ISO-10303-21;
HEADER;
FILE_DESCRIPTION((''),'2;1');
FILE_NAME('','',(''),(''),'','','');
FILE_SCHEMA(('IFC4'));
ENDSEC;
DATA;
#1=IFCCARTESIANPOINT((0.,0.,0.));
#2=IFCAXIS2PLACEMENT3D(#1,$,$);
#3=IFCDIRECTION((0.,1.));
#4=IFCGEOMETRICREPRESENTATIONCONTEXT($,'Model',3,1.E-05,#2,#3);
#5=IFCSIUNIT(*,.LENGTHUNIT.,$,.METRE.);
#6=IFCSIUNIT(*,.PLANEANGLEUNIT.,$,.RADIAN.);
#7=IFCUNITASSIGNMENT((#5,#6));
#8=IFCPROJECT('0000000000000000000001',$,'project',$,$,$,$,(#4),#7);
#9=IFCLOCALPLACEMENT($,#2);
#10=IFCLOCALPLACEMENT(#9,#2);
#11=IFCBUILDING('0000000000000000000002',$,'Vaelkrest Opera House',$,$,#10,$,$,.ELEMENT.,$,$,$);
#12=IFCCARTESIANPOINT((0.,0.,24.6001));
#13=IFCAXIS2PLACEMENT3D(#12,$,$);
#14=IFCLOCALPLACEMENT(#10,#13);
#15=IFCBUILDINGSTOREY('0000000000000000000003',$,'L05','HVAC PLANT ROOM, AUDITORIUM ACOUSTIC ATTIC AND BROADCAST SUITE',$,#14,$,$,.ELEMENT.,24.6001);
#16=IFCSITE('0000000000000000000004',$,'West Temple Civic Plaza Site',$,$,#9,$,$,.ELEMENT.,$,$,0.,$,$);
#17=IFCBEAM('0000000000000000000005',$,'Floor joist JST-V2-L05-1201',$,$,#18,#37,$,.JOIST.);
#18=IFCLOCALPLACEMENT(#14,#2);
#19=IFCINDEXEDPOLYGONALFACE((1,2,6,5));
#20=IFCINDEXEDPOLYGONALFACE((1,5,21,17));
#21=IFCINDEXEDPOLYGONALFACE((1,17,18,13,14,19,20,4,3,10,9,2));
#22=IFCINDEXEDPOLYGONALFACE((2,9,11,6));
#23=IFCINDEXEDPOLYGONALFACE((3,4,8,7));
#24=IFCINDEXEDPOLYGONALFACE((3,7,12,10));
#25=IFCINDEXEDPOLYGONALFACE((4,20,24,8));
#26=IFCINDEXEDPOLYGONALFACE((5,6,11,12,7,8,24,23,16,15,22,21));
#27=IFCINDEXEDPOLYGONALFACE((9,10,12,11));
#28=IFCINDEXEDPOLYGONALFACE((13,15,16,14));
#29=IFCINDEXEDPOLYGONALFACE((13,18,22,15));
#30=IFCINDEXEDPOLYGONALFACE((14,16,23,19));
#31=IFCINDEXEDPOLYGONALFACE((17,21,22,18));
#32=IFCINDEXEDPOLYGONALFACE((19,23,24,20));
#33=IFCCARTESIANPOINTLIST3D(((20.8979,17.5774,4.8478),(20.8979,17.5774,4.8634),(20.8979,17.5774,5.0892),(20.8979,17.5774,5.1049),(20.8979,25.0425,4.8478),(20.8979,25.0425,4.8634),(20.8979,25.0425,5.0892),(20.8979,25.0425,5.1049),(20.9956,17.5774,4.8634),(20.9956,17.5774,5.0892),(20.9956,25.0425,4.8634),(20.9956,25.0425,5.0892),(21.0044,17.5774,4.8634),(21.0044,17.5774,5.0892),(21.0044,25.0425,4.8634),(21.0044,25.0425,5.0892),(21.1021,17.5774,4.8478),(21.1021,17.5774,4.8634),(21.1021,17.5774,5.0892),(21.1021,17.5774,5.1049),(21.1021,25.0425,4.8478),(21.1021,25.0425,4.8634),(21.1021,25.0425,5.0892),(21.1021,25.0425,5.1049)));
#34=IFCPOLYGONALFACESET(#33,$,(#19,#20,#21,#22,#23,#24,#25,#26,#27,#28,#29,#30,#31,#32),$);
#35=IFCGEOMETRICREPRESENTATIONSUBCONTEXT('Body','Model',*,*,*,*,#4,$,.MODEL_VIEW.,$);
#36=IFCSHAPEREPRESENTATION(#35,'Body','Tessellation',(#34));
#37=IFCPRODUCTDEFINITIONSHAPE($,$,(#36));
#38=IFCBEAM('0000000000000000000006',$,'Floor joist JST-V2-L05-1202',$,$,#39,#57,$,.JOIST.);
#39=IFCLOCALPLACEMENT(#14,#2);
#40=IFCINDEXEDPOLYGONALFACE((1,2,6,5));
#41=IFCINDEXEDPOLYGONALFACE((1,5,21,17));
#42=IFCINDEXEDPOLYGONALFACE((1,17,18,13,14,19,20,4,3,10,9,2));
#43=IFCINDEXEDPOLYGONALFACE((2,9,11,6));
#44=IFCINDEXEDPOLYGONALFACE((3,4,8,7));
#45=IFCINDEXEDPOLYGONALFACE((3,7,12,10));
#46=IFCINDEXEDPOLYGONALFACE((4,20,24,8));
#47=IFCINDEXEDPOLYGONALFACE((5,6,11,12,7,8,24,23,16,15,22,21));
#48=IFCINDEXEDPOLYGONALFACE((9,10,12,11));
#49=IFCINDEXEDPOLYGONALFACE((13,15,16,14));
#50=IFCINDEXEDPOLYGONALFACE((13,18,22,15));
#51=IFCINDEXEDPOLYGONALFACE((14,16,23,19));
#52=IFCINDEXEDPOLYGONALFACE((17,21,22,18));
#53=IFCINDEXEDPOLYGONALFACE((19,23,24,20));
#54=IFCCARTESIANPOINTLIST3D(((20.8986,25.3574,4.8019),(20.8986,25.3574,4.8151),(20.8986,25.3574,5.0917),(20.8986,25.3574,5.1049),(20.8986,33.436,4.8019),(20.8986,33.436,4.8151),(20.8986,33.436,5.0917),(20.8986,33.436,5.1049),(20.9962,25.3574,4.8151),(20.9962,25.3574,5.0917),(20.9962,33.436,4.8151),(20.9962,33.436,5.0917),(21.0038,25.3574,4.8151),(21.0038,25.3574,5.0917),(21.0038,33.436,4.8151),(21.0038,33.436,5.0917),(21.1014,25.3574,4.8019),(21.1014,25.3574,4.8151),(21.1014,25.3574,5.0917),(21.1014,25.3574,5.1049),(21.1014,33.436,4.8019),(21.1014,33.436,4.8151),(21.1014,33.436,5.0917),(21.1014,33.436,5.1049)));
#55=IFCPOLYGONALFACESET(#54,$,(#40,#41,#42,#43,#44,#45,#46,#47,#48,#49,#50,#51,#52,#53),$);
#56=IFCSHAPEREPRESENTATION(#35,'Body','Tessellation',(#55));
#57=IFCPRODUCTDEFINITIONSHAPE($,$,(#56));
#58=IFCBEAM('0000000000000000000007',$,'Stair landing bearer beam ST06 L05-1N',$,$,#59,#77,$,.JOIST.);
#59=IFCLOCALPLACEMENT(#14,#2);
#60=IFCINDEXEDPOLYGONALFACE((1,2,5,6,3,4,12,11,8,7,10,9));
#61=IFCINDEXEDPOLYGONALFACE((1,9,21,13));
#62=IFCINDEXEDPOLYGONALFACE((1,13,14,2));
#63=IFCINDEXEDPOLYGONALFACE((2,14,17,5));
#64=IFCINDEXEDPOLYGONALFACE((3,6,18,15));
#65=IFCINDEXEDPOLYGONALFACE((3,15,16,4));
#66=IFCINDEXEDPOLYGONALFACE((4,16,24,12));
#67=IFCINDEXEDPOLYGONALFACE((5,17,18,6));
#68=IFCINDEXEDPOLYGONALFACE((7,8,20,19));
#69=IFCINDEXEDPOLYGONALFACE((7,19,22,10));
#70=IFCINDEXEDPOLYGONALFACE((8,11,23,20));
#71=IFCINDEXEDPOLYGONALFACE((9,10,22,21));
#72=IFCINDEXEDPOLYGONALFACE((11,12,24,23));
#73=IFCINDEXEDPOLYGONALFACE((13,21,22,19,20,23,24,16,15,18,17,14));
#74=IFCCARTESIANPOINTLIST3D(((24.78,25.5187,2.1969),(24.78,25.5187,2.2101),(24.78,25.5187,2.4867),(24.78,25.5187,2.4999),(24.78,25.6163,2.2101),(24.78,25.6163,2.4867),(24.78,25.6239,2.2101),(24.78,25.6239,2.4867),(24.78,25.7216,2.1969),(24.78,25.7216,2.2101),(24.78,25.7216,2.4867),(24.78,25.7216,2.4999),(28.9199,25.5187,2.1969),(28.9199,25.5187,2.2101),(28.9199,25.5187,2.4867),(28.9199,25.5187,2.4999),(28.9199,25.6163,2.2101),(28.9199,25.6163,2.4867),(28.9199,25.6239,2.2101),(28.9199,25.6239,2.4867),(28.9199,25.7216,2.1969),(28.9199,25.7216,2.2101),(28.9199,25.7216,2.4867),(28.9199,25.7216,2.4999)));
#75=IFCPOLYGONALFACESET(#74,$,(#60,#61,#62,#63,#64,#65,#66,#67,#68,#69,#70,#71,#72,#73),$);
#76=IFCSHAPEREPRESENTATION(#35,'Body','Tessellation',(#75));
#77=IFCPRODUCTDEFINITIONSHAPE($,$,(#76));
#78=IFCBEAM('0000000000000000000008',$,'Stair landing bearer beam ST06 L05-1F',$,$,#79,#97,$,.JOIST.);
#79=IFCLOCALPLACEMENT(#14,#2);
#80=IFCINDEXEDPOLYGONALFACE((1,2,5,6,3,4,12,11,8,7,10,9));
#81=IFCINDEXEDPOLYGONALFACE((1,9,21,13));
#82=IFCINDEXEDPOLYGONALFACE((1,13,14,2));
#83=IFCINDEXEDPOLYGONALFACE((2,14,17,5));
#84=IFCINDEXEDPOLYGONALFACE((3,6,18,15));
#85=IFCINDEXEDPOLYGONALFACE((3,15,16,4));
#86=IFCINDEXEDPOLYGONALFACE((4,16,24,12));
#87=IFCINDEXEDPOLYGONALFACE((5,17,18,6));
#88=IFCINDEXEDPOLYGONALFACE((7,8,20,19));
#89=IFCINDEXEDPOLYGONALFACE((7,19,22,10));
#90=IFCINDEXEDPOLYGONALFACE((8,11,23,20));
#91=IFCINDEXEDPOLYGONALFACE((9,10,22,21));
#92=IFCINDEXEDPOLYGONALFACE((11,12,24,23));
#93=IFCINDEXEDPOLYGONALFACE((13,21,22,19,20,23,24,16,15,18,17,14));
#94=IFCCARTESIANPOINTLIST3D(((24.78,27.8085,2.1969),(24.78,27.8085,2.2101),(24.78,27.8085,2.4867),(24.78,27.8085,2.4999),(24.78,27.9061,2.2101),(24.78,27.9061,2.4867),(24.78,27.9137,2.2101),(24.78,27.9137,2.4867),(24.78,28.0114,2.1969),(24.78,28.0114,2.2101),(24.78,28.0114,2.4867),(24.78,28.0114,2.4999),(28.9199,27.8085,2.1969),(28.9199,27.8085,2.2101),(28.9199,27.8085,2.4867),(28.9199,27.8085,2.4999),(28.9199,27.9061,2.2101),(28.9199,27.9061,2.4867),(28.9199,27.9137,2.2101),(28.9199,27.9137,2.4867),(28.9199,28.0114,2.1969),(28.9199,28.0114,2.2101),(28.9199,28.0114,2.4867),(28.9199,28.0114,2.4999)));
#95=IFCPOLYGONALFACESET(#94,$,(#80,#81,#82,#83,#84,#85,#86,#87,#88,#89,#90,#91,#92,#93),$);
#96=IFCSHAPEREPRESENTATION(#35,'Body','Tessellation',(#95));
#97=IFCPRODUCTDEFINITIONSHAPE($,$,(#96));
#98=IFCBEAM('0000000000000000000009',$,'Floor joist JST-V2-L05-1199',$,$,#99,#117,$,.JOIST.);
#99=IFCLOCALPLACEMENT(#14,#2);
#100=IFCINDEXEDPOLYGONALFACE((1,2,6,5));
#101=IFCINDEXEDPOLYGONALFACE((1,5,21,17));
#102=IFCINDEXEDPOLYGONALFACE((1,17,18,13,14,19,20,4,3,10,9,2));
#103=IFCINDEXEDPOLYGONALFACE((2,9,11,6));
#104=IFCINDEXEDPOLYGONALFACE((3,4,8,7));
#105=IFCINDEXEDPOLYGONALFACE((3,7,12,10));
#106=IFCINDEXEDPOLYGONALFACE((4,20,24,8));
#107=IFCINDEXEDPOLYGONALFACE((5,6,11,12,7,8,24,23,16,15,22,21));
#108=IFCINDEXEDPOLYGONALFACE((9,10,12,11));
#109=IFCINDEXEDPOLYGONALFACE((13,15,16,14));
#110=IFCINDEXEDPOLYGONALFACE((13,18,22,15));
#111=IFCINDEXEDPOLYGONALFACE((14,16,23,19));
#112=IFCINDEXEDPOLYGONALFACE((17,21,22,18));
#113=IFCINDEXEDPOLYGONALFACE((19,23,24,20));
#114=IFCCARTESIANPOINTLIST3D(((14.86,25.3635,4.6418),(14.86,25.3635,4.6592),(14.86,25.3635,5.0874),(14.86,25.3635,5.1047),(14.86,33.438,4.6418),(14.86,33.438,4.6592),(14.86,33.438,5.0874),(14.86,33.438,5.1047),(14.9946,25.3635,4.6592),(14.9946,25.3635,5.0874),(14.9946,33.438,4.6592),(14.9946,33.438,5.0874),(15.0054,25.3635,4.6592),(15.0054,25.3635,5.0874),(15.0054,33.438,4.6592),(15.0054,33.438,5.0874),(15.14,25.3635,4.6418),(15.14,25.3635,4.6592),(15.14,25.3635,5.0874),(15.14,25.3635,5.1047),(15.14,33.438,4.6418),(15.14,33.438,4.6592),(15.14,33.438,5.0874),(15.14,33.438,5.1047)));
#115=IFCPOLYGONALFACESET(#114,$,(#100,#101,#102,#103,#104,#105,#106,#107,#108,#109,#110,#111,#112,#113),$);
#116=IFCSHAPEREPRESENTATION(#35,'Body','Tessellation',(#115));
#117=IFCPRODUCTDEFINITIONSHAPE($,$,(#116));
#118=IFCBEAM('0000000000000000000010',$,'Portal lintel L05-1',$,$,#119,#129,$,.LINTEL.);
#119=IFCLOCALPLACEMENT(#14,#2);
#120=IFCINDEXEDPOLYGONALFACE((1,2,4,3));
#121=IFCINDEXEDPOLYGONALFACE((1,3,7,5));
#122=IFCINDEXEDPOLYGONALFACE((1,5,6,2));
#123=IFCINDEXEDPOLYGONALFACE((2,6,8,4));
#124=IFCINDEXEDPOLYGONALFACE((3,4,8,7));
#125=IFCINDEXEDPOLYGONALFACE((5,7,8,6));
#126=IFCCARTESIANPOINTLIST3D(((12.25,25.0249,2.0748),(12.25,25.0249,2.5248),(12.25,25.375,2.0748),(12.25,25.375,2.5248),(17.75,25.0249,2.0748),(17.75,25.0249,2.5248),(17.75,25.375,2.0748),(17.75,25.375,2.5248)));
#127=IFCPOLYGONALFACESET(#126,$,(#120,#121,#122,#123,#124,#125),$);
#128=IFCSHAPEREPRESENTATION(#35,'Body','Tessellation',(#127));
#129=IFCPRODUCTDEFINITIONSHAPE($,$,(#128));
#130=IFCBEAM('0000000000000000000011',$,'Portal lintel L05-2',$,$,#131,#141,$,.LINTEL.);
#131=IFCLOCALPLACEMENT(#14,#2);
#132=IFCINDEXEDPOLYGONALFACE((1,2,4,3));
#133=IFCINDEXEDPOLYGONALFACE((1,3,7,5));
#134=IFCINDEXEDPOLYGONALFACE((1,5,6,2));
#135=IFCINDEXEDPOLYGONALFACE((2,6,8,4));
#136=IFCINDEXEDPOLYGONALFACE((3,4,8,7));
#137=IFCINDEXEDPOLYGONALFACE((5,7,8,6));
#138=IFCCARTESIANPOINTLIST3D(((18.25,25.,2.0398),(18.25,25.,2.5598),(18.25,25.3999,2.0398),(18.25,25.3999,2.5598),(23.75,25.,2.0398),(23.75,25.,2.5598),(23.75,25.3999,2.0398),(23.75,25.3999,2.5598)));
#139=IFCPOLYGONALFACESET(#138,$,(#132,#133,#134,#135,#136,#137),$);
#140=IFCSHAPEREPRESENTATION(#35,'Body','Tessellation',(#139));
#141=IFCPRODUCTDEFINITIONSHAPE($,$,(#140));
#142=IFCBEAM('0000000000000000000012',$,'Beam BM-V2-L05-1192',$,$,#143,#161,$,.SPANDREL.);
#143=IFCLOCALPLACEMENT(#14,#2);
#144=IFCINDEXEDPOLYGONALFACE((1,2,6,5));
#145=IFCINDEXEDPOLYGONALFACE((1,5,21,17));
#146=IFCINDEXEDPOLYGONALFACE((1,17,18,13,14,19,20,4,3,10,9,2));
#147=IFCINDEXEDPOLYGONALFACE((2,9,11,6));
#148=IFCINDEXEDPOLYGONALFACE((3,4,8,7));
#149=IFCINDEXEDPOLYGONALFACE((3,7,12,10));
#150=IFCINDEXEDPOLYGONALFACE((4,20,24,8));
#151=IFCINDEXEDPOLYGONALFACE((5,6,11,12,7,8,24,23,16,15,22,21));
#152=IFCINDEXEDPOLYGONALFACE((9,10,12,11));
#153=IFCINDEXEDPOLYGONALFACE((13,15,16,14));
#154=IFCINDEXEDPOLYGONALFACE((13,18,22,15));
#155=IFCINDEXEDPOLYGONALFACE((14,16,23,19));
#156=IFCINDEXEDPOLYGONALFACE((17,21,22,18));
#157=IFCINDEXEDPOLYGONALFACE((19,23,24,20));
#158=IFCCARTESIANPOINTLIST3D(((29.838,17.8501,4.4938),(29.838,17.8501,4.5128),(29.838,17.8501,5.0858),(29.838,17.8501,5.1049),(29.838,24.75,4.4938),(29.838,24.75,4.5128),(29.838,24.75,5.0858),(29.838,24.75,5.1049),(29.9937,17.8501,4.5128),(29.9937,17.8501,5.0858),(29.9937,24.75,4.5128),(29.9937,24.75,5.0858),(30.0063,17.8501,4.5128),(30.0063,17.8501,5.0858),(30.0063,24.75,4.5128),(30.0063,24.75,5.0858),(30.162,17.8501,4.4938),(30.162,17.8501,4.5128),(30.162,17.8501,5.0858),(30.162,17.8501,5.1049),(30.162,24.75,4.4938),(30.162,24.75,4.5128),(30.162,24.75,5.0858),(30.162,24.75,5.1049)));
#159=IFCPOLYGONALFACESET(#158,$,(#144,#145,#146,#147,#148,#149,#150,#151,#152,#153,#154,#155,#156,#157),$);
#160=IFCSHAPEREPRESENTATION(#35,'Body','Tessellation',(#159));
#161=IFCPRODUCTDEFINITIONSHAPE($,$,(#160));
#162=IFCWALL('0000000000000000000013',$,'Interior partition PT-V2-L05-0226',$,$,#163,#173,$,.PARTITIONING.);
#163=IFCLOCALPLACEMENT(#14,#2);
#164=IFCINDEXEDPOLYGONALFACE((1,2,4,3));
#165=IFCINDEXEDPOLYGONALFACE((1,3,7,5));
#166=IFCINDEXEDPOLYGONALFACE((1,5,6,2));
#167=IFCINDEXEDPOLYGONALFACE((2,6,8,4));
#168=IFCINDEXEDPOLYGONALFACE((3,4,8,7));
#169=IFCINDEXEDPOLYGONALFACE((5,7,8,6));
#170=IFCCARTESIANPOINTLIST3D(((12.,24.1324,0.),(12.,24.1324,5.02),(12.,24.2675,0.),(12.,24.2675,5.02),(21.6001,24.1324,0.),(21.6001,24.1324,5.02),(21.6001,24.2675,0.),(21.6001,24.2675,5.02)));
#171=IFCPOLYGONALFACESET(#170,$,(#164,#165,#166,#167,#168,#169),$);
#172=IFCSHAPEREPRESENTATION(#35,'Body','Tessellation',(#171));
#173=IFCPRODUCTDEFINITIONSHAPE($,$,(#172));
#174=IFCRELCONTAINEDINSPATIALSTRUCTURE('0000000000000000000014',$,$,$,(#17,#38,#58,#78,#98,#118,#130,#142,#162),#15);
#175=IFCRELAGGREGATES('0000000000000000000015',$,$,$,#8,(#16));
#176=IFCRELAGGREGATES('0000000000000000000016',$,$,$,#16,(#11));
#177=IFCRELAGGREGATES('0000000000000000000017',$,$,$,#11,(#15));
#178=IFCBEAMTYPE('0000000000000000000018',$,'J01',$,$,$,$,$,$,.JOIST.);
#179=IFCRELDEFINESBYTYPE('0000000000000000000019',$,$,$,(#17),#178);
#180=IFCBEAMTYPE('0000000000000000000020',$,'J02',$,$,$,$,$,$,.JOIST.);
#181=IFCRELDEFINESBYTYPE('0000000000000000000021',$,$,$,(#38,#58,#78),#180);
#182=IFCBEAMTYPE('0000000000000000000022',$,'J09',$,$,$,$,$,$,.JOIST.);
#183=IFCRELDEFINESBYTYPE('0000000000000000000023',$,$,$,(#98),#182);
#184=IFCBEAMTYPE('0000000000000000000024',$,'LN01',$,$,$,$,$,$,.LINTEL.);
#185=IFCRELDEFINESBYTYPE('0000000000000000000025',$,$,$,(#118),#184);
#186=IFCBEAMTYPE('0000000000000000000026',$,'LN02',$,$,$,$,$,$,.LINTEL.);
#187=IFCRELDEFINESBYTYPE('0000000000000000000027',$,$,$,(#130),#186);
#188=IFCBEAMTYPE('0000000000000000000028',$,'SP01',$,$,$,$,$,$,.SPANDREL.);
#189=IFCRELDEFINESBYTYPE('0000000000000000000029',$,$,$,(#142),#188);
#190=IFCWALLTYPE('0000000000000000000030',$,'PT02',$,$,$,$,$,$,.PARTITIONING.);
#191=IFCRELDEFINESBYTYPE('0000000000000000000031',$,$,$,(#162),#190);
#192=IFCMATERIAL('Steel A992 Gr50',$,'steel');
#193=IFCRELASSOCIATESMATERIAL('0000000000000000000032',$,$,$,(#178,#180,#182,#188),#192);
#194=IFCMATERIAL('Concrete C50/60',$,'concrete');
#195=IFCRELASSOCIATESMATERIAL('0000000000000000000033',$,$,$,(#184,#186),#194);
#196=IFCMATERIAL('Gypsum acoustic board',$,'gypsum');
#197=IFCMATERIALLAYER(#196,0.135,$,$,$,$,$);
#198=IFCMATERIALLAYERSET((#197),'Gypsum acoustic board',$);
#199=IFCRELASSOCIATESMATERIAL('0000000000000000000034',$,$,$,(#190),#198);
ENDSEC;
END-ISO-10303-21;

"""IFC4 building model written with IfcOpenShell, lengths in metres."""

from ifc_helpers import new_model, si_unit, direction, frame, frame_2d, origin, origin_2d, place, context, subcontext, project, spatial, rectangle, i_section, extrude, material, layer, layer_set, material_profile, profile_set, type_object, element, save


model = new_model("IFC4")

# Units and contexts
model_context = context("Model", 3, precision=1e-05, world=origin(), true_north=direction((0.0, 1.0)))
body_context = subcontext(model_context, "Body", "Model", "MODEL_VIEW")
ifc_project = project(units=[si_unit("LENGTHUNIT", "METRE"), si_unit("PLANEANGLEUNIT", "RADIAN")], contexts=[model_context])

# Site, building, storey
site_placement = place(None, origin())
site = spatial("IfcSite", under=ifc_project, at=site_placement, Name="West Temple Civic Plaza Site", CompositionType="ELEMENT", RefElevation=0.0)
building_placement = place(site_placement, origin())
building = spatial("IfcBuilding", under=site, at=building_placement, Name="Vaelkrest Opera House", CompositionType="ELEMENT")
storey_placement = place(building_placement, frame((0.0, 0.0, 24.6001)))
storey = spatial("IfcBuildingStorey", under=building, at=storey_placement, Name="L05", Description="HVAC PLANT ROOM, AUDITORIUM ACOUSTIC ATTIC AND BROADCAST SUITE", CompositionType="ELEMENT", Elevation=24.6001)

# Shared definitions
ifc_material_1 = material(Name="Concrete C50/60", Category="concrete")

# Beams
ifc_material_2 = material(Name="Steel A992 Gr50", Category="steel")
ifc_material_profile_1 = material_profile(ifc_material_2, i_section(OverallWidth=0.2041, OverallDepth=0.2571, WebThickness=0.0088, FlangeThickness=0.0156, at=origin_2d()), Name="W10X45")
ifc_profile_set_1 = profile_set([ifc_material_profile_1], Name="Steel A992 Gr50")
beam_type_1 = type_object("IfcBeamType", Name="J01", PredefinedType="JOIST", material=ifc_profile_set_1)
beam_1_placement = place(storey_placement, frame((21.0, 17.5774, 4.9763), z_axis=(0.0, 1.0, 0.0), x_axis=(-1.0, 0.0, 0.0)))
element("IfcBeam", 1, at=beam_1_placement, inside=storey, type_object=beam_type_1, Name="Floor joist JST-V2-L05-1201", PredefinedType="JOIST", context=body_context, shape_type="SweptSolid", body=[
    extrude(i_section(OverallWidth=0.2041, OverallDepth=0.2571, WebThickness=0.0088, FlangeThickness=0.0156, at=origin_2d()), origin(), (0.0, 0.0, 1.0), 7.4651),
])
ifc_material_profile_2 = material_profile(ifc_material_2, i_section(OverallWidth=0.2029, OverallDepth=0.303, WebThickness=0.0076, FlangeThickness=0.0132, at=origin_2d()), Name="W12X40")
ifc_profile_set_2 = profile_set([ifc_material_profile_2], Name="Steel A992 Gr50")
beam_type_2 = type_object("IfcBeamType", Name="J02", PredefinedType="JOIST", material=ifc_profile_set_2)
beam_2_placement = place(storey_placement, frame((21.0, 25.3574, 4.9534), z_axis=(0.0, 1.0, 0.0), x_axis=(-1.0, 0.0, 0.0)))
element("IfcBeam", 2, at=beam_2_placement, inside=storey, type_object=beam_type_2, Name="Floor joist JST-V2-L05-1202", PredefinedType="JOIST", context=body_context, shape_type="SweptSolid", body=[
    extrude(i_section(OverallWidth=0.2029, OverallDepth=0.303, WebThickness=0.0076, FlangeThickness=0.0132, at=origin_2d()), origin(), (0.0, 0.0, 1.0), 8.0786),
])
for number, where, z_axis, x_axis, name in (
    (3, (24.78, 25.6201, 2.3484), (1.0, 0.0, 0.0), (0.0, 1.0, 0.0), "Stair landing bearer beam ST06 L05-1N"),
    (4, (24.78, 27.9099, 2.3484), (1.0, 0.0, 0.0), (0.0, 1.0, 0.0), "Stair landing bearer beam ST06 L05-1F"),
):
    element("IfcBeam", number, at=place(storey_placement, frame(where, z_axis=z_axis, x_axis=x_axis)), inside=storey, type_object=beam_type_2, Name=name, PredefinedType="JOIST", context=body_context, shape_type="SweptSolid", body=[
        extrude(i_section(OverallWidth=0.2029, OverallDepth=0.303, WebThickness=0.0076, FlangeThickness=0.0132, at=origin_2d()), origin(), (0.0, 0.0, 1.0), 4.1399),
    ])
ifc_material_profile_3 = material_profile(ifc_material_2, i_section(OverallWidth=0.28, OverallDepth=0.4629, WebThickness=0.0107, FlangeThickness=0.0173, at=origin_2d()), Name="W18X76")
ifc_profile_set_3 = profile_set([ifc_material_profile_3], Name="Steel A992 Gr50")
beam_type_3 = type_object("IfcBeamType", Name="J09", PredefinedType="JOIST", material=ifc_profile_set_3)
beam_3_placement = place(storey_placement, frame((15.0, 25.3635, 4.8733), z_axis=(0.0, 1.0, 0.0), x_axis=(-1.0, 0.0, 0.0)))
element("IfcBeam", 5, at=beam_3_placement, inside=storey, type_object=beam_type_3, Name="Floor joist JST-V2-L05-1199", PredefinedType="JOIST", context=body_context, shape_type="SweptSolid", body=[
    extrude(i_section(OverallWidth=0.28, OverallDepth=0.4629, WebThickness=0.0107, FlangeThickness=0.0173, at=origin_2d()), origin(), (0.0, 0.0, 1.0), 8.0745),
])
ifc_material_profile_4 = material_profile(ifc_material_1, rectangle(XDim=0.3501, YDim=0.45, at=origin_2d()), Name="RCB350X450")
ifc_profile_set_4 = profile_set([ifc_material_profile_4], Name="Concrete C50/60")
beam_type_4 = type_object("IfcBeamType", Name="LN01", PredefinedType="LINTEL", material=ifc_profile_set_4)
beam_4_placement = place(storey_placement, frame((12.25, 25.2, 2.2998), z_axis=(1.0, 0.0, 0.0), x_axis=(0.0, 1.0, 0.0)))
element("IfcBeam", 6, at=beam_4_placement, inside=storey, type_object=beam_type_4, Name="Portal lintel L05-1", PredefinedType="LINTEL", context=body_context, shape_type="SweptSolid", body=[
    extrude(rectangle(XDim=0.3501, YDim=0.45, at=origin_2d()), origin(), (0.0, 0.0, 1.0), 5.5),
])
ifc_material_profile_5 = material_profile(ifc_material_1, rectangle(XDim=0.3999, YDim=0.52, at=origin_2d()), Name="RCB400X520")
ifc_profile_set_5 = profile_set([ifc_material_profile_5], Name="Concrete C50/60")
beam_type_5 = type_object("IfcBeamType", Name="LN02", PredefinedType="LINTEL", material=ifc_profile_set_5)
beam_5_placement = place(storey_placement, frame((18.25, 25.2, 2.2998), z_axis=(1.0, 0.0, 0.0), x_axis=(0.0, 1.0, 0.0)))
element("IfcBeam", 7, at=beam_5_placement, inside=storey, type_object=beam_type_5, Name="Portal lintel L05-2", PredefinedType="LINTEL", context=body_context, shape_type="SweptSolid", body=[
    extrude(rectangle(XDim=0.3999, YDim=0.52, at=origin_2d()), origin(), (0.0, 0.0, 1.0), 5.5),
])
ifc_material_profile_6 = material_profile(ifc_material_2, i_section(OverallWidth=0.324, OverallDepth=0.6111, WebThickness=0.0127, FlangeThickness=0.019, at=origin_2d()), Name="W24X104")
ifc_profile_set_6 = profile_set([ifc_material_profile_6], Name="Steel A992 Gr50")
beam_type_6 = type_object("IfcBeamType", Name="SP01", PredefinedType="SPANDREL", material=ifc_profile_set_6)
beam_6_placement = place(storey_placement, frame((30.0, 17.8501, 4.7993), z_axis=(0.0, 1.0, 0.0), x_axis=(-1.0, 0.0, 0.0)))
element("IfcBeam", 8, at=beam_6_placement, inside=storey, type_object=beam_type_6, Name="Beam BM-V2-L05-1192", PredefinedType="SPANDREL", context=body_context, shape_type="SweptSolid", body=[
    extrude(i_section(OverallWidth=0.324, OverallDepth=0.6111, WebThickness=0.0127, FlangeThickness=0.019, at=origin_2d()), origin(), (0.0, 0.0, 1.0), 6.8999),
])

# Wall
ifc_material_3 = material(Name="Gypsum acoustic board", Category="gypsum")
ifc_layer_1 = layer(ifc_material_3, 0.135)
ifc_layer_set_1 = layer_set([ifc_layer_1], Name="Gypsum acoustic board")
wall_type_1 = type_object("IfcWallType", Name="PT02", PredefinedType="PARTITIONING", material=ifc_layer_set_1)
wall_1_placement = place(storey_placement, frame((12.0, 24.2, 0.0), z_axis=(0.0, 0.0, 1.0), x_axis=(1.0, 0.0, 0.0)))
element("IfcWall", 9, at=wall_1_placement, inside=storey, type_object=wall_type_1, Name="Interior partition PT-V2-L05-0226", PredefinedType="PARTITIONING", context=body_context, shape_type="SweptSolid", body=[
    extrude(rectangle(XDim=9.6001, YDim=0.135, at=frame_2d((4.8, 0.0))), origin(), (0.0, 0.0, 1.0), 5.02),
])

save(model, "model.ifc")
